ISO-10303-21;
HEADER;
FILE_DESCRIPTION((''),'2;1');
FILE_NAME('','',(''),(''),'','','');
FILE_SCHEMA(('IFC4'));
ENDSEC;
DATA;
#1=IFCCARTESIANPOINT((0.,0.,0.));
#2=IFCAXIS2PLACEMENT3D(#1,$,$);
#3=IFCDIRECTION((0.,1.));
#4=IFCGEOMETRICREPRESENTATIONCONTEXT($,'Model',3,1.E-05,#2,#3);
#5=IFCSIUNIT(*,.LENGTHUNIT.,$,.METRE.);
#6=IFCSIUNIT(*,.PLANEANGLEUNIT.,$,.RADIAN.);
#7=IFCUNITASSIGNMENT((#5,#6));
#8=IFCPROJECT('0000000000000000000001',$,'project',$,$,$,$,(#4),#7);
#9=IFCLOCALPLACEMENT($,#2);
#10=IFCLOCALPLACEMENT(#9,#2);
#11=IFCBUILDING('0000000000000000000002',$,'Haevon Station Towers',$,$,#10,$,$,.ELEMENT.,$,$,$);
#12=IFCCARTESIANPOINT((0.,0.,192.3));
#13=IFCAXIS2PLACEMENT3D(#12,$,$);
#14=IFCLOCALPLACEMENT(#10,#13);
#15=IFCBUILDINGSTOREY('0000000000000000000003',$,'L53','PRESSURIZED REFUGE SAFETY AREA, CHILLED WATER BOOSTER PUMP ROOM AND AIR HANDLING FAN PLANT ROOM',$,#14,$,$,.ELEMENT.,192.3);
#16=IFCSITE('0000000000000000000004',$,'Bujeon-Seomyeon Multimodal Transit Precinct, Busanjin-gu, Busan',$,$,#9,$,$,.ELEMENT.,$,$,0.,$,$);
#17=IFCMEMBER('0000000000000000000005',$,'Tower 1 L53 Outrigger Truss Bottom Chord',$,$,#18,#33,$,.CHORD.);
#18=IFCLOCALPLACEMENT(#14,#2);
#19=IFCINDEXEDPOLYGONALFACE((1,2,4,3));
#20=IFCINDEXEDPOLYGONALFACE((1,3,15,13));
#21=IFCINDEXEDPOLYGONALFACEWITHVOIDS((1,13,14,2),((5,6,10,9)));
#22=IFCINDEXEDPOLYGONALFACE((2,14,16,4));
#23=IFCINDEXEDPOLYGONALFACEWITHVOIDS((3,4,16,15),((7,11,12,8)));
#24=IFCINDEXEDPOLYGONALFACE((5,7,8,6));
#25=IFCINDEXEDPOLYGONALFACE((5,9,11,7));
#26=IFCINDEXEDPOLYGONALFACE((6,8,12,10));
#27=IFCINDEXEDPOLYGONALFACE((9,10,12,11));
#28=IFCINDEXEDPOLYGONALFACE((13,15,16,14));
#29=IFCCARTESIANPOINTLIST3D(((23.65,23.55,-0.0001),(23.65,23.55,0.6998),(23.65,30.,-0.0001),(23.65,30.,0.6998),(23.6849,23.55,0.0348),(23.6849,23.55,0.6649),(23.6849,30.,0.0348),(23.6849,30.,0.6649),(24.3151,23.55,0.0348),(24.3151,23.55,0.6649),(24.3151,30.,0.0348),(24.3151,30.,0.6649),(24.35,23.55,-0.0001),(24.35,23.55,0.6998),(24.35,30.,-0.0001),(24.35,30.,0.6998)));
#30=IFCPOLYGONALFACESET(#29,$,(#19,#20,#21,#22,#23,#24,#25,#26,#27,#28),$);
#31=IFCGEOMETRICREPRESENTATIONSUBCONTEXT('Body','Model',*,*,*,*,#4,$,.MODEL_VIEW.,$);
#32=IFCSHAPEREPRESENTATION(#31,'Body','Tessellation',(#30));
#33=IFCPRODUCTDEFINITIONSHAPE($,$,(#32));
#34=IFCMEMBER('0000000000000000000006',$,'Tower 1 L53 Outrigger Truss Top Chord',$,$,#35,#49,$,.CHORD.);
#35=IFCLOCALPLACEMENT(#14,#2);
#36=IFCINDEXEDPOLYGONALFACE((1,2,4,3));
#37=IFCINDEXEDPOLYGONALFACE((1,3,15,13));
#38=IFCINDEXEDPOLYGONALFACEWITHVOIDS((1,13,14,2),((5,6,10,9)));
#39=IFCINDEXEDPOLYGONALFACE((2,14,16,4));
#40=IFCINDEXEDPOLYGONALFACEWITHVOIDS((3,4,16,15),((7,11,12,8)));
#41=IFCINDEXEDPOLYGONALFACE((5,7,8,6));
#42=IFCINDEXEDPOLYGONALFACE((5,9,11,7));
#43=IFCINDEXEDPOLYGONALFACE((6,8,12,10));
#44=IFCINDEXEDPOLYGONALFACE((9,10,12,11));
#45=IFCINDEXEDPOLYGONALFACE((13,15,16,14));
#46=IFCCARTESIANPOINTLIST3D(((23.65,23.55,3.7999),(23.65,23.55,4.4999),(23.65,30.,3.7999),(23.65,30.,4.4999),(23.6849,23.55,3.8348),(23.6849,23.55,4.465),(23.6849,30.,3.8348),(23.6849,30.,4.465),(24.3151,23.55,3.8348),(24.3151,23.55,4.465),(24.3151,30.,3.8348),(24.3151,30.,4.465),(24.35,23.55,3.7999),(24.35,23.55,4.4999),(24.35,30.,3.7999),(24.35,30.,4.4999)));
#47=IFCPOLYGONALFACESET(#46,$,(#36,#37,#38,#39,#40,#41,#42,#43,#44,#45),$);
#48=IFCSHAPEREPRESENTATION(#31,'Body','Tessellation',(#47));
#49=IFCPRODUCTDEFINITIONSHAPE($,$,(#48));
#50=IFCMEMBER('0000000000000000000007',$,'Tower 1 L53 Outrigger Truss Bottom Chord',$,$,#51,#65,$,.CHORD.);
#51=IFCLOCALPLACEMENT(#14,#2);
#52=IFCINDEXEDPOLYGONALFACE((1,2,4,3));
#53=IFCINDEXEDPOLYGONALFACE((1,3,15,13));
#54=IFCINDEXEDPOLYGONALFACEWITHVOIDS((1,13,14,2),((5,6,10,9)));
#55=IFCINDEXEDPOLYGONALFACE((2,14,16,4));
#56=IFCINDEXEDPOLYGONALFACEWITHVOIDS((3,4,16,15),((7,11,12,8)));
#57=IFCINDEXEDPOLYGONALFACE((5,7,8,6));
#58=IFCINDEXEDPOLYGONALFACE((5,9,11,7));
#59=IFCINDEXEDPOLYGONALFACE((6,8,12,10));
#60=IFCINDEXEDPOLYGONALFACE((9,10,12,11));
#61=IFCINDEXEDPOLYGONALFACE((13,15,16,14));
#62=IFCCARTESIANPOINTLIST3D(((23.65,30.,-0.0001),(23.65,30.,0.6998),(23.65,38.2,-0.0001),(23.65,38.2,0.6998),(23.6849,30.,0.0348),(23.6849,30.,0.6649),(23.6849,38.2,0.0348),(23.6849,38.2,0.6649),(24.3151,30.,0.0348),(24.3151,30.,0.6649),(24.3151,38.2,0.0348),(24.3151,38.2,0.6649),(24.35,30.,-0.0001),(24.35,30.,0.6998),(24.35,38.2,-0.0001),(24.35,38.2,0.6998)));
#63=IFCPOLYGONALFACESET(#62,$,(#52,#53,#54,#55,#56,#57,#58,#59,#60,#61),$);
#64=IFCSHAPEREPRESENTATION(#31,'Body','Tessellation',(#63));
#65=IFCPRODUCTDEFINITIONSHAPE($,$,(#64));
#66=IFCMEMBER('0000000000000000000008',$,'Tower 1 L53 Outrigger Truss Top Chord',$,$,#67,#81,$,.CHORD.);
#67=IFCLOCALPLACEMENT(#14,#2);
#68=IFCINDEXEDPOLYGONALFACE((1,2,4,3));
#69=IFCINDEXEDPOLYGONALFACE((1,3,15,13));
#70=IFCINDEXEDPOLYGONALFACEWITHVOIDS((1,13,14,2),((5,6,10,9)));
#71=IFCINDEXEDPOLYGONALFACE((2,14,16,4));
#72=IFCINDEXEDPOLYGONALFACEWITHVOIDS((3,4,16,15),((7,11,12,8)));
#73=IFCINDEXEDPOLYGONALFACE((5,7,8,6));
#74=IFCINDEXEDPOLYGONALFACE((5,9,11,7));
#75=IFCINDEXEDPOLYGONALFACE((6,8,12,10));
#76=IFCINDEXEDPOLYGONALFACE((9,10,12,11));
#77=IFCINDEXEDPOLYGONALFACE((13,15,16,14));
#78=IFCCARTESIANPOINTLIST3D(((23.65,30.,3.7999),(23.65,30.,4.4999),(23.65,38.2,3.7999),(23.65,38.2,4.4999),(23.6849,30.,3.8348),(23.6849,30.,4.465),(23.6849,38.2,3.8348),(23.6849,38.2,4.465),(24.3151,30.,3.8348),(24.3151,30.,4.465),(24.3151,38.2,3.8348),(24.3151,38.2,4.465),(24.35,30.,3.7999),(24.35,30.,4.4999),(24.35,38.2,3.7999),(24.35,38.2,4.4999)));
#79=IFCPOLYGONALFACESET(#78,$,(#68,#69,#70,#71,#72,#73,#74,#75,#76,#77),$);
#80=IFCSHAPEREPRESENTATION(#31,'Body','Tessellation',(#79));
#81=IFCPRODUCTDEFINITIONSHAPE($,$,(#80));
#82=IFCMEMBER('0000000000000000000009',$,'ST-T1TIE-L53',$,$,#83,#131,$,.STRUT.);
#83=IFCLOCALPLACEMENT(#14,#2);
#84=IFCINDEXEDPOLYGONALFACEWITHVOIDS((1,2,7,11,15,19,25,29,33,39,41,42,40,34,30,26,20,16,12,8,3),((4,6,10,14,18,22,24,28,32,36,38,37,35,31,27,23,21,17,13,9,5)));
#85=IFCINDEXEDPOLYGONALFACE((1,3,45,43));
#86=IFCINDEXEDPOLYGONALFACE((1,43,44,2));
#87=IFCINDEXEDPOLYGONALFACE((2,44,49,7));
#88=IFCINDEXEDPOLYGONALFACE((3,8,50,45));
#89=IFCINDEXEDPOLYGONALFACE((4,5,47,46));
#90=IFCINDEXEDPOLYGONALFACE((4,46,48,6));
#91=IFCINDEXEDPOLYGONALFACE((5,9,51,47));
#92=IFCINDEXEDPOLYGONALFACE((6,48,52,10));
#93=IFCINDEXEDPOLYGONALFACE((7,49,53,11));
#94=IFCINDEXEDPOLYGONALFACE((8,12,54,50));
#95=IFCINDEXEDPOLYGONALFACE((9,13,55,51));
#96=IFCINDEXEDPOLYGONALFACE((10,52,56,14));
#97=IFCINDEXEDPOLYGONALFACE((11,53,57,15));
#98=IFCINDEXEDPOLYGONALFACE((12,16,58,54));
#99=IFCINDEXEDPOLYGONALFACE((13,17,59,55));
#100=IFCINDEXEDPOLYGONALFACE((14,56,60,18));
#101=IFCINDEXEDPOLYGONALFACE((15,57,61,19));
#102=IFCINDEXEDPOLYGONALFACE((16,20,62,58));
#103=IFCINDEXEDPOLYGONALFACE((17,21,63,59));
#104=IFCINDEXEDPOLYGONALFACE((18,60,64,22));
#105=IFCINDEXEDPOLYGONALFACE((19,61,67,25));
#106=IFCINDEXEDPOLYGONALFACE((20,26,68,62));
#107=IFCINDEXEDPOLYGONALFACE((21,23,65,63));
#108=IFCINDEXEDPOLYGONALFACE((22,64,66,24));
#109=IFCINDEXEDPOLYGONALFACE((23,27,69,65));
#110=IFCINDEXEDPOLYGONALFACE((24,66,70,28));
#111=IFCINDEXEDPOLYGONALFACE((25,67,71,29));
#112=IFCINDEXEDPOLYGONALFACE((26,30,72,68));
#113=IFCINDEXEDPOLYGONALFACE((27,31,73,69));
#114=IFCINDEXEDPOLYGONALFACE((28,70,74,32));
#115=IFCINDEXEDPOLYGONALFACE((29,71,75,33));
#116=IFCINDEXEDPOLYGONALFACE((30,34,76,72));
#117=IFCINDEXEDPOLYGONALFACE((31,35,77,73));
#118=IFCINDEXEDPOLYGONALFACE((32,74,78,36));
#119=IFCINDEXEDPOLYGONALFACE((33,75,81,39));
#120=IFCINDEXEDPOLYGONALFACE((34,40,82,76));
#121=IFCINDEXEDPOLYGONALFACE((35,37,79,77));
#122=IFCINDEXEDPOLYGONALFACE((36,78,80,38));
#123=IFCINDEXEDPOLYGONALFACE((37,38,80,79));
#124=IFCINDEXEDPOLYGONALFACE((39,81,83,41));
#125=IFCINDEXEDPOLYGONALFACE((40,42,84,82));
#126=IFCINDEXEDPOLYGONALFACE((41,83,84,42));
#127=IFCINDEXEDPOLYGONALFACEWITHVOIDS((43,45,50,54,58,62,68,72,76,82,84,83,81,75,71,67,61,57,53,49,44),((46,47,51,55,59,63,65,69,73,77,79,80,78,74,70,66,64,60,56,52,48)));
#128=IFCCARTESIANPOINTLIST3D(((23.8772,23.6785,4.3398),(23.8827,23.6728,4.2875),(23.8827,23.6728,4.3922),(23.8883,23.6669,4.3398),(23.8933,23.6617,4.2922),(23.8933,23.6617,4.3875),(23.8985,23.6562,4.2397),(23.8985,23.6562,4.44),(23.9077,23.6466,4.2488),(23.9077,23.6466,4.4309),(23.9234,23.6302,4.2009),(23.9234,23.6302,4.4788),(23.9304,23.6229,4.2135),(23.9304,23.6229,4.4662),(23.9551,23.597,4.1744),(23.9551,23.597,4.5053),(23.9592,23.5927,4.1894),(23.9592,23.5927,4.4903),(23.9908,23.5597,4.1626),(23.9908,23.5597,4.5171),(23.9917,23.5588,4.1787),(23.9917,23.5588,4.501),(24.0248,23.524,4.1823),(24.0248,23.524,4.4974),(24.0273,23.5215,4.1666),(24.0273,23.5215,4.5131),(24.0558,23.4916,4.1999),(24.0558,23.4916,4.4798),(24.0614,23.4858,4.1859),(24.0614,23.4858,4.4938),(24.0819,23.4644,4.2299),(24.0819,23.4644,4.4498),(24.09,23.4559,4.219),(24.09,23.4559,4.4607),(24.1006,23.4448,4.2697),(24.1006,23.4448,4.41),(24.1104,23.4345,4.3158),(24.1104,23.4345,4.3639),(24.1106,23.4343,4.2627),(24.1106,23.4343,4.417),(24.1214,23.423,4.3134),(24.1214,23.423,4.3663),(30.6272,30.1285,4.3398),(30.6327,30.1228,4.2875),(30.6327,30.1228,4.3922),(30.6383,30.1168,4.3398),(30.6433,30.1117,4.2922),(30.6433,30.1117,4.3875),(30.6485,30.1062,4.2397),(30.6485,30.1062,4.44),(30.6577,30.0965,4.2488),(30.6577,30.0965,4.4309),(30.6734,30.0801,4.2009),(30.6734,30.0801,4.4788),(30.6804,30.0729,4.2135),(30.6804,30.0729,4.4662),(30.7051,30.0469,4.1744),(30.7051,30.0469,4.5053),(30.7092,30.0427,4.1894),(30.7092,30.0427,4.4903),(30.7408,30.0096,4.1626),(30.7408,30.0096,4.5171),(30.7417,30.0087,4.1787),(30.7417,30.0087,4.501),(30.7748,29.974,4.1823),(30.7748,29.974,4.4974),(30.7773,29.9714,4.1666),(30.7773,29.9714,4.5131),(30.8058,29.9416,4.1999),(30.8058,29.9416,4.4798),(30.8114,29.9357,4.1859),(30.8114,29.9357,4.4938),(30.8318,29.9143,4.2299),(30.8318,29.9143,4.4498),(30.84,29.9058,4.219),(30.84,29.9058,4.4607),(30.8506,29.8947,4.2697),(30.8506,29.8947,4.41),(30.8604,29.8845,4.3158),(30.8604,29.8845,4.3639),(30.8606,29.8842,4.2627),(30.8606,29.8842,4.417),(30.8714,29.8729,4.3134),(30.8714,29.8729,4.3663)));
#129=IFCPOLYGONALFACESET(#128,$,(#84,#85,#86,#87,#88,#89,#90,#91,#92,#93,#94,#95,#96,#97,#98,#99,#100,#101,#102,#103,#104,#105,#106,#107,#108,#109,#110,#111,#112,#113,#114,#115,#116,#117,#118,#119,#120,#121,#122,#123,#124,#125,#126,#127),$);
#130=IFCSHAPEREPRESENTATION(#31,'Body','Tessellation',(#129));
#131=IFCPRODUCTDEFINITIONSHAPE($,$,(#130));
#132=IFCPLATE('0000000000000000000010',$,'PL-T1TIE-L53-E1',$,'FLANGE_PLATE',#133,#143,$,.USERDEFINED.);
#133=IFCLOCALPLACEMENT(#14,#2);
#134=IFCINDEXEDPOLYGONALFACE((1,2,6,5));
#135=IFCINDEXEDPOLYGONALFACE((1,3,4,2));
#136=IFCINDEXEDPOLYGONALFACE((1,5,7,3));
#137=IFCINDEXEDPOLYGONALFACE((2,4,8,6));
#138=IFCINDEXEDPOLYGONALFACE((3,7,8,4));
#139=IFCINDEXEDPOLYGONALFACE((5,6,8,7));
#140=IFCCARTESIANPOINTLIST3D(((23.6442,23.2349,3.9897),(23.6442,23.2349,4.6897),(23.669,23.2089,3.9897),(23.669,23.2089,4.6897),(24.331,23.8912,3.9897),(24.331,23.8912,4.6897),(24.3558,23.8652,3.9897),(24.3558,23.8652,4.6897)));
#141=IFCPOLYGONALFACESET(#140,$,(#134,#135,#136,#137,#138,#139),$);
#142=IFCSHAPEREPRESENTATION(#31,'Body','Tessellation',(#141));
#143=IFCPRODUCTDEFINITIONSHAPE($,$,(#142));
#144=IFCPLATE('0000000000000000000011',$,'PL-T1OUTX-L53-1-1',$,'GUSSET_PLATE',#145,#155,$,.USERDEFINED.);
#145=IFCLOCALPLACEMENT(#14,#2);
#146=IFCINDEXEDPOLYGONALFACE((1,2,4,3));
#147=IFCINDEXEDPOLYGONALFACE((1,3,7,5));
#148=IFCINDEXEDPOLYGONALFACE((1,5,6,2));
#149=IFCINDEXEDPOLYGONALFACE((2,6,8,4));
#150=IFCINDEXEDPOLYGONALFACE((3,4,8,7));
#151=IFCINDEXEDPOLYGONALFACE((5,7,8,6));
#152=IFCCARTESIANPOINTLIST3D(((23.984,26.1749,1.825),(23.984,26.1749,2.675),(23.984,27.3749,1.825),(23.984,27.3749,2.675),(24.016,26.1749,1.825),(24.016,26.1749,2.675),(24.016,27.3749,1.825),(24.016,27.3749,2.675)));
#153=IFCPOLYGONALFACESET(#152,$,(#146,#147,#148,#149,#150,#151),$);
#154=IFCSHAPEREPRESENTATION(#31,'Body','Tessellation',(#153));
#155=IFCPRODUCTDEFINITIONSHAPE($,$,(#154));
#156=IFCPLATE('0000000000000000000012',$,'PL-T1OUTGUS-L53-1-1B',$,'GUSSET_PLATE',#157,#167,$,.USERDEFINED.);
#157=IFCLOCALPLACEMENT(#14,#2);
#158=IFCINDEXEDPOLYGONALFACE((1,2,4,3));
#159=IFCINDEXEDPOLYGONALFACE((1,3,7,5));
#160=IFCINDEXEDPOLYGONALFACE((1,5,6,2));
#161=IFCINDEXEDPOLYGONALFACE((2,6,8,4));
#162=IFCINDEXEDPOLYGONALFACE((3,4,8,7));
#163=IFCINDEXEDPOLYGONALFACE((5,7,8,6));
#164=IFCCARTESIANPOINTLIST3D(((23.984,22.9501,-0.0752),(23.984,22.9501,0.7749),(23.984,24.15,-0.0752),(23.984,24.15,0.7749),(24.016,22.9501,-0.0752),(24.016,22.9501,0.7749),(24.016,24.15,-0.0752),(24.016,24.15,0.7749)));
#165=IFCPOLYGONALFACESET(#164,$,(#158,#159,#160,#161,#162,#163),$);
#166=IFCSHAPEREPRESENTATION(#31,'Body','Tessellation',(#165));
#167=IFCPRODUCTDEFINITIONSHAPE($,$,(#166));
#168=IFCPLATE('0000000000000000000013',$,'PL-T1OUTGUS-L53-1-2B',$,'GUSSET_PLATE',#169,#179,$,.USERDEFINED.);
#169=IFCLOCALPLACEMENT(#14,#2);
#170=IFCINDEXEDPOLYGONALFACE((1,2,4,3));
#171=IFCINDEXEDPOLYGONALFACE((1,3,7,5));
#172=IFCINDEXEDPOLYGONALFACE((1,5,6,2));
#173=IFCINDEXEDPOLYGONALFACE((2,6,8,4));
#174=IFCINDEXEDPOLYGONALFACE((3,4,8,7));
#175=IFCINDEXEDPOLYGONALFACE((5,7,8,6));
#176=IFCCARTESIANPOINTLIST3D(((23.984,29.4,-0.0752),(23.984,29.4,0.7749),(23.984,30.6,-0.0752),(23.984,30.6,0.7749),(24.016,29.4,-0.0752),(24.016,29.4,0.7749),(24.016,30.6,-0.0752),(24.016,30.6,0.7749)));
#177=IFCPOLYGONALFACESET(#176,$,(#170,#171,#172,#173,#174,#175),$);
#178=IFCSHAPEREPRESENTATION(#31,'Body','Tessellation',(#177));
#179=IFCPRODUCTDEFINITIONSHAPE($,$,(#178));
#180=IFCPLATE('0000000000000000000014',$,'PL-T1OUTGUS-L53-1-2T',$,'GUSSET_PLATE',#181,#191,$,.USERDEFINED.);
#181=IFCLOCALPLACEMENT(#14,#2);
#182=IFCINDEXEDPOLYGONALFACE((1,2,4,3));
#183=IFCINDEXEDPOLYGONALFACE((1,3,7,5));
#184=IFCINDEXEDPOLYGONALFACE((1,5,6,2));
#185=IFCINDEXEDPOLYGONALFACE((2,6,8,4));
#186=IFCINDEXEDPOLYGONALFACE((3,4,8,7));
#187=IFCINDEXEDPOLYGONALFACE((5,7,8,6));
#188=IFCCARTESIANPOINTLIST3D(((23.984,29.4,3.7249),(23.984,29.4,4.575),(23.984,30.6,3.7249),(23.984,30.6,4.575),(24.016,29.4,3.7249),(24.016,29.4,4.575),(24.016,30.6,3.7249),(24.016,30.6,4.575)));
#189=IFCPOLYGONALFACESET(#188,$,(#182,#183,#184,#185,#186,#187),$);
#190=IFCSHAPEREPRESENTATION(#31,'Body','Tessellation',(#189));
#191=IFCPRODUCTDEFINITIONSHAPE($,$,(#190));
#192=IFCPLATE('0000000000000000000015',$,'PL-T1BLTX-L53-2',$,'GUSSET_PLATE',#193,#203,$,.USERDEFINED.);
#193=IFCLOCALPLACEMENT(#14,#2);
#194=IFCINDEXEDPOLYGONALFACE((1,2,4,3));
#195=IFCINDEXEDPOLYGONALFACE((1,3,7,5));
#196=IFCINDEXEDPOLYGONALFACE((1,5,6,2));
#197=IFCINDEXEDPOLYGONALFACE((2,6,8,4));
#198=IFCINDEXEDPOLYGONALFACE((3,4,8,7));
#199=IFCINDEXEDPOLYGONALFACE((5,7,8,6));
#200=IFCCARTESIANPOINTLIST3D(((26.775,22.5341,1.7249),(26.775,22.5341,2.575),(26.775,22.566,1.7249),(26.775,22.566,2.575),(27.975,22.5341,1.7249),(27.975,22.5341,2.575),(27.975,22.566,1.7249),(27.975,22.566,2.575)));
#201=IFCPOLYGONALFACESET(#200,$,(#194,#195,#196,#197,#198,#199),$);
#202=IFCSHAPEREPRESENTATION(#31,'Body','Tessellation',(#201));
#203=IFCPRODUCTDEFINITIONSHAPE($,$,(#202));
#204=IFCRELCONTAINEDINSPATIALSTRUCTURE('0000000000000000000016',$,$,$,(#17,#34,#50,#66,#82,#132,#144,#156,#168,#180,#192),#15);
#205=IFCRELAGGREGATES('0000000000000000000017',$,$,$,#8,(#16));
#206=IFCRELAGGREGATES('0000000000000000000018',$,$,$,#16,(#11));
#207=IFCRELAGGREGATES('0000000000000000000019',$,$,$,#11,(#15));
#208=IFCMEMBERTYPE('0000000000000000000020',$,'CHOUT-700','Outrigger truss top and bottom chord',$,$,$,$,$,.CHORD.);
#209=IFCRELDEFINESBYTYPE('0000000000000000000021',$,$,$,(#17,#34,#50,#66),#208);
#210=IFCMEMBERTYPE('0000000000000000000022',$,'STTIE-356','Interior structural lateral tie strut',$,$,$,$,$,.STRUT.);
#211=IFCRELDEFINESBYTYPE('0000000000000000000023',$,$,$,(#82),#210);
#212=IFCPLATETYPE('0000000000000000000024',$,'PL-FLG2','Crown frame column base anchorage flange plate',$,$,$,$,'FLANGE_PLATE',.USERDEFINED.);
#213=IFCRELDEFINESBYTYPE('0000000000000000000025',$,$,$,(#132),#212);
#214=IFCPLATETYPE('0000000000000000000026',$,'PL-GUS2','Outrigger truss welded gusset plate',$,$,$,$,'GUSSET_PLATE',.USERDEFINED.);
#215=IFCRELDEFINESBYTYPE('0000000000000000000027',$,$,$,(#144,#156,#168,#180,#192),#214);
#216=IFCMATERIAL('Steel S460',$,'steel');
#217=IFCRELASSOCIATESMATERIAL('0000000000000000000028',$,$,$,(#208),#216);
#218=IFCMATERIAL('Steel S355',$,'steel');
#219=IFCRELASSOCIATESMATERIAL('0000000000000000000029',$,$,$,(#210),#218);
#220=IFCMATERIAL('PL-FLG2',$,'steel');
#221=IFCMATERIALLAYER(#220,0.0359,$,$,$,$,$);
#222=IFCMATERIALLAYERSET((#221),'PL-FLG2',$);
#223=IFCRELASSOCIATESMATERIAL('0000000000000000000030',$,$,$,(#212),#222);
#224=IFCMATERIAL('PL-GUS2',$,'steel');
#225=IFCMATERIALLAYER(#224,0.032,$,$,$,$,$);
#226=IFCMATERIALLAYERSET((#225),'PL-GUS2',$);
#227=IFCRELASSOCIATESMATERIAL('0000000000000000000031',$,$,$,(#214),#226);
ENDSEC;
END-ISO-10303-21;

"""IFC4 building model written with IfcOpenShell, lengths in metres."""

from ifc_helpers import new_model, si_unit, direction, frame, origin, origin_2d, place, context, subcontext, project, spatial, rectangle, hollow_rectangle, hollow_circle, extrude, material, layer, layer_set, material_profile, profile_set, type_object, element, save


model = new_model("IFC4")

# Units and contexts
model_context = context("Model", 3, precision=1e-05, world=origin(), true_north=direction((0.0, 1.0)))
body_context = subcontext(model_context, "Body", "Model", "MODEL_VIEW")
ifc_project = project(units=[si_unit("LENGTHUNIT", "METRE"), si_unit("PLANEANGLEUNIT", "RADIAN")], contexts=[model_context])

# Site, building, storey
site_placement = place(None, origin())
site = spatial("IfcSite", under=ifc_project, at=site_placement, Name="Bujeon-Seomyeon Multimodal Transit Precinct, Busanjin-gu, Busan", CompositionType="ELEMENT", RefElevation=0.0)
building_placement = place(site_placement, origin())
building = spatial("IfcBuilding", under=site, at=building_placement, Name="Haevon Station Towers", CompositionType="ELEMENT")
storey_placement = place(building_placement, frame((0.0, 0.0, 192.3)))
storey = spatial("IfcBuildingStorey", under=building, at=storey_placement, Name="L53", Description="PRESSURIZED REFUGE SAFETY AREA, CHILLED WATER BOOSTER PUMP ROOM AND AIR HANDLING FAN PLANT ROOM", CompositionType="ELEMENT", Elevation=192.3)

# Shared definitions
ifc_material_1 = material(Name="Steel S355", Category="steel")

# Shared definitions
ifc_material_2 = material(Name="Steel S460", Category="steel")

# Members
ifc_material_profile_1 = material_profile(ifc_material_2, hollow_rectangle(XDim=0.7, YDim=0.7, WallThickness=0.0349, at=origin_2d()), Name="RHS-700x700x35")
ifc_profile_set_1 = profile_set([ifc_material_profile_1], Name="Steel S460")
member_type_1 = type_object("IfcMemberType", Name="CHOUT-700", Description="Outrigger truss top and bottom chord", PredefinedType="CHORD", material=ifc_profile_set_1)
for number, where, z_axis, x_axis, name in (
    (1, (24.0, 23.55, 0.3499), (0.0, 1.0, 0.0), (-1.0, 0.0, 0.0), "Tower 1 L53 Outrigger Truss Bottom Chord"),
    (2, (24.0, 23.55, 4.1499), (0.0, 1.0, 0.0), (-1.0, 0.0, 0.0), "Tower 1 L53 Outrigger Truss Top Chord"),
):
    element("IfcMember", number, at=place(storey_placement, frame(where, z_axis=z_axis, x_axis=x_axis)), inside=storey, type_object=member_type_1, Name=name, PredefinedType="CHORD", context=body_context, shape_type="SweptSolid", body=[
        extrude(hollow_rectangle(XDim=0.7, YDim=0.7, WallThickness=0.0349, at=origin_2d()), origin(), (0.0, 0.0, 1.0), 6.45),
    ])
for number, where, z_axis, x_axis, name in (
    (3, (24.0, 30.0, 0.3499), (0.0, 1.0, 0.0), (-1.0, 0.0, 0.0), "Tower 1 L53 Outrigger Truss Bottom Chord"),
    (4, (24.0, 30.0, 4.1499), (0.0, 1.0, 0.0), (-1.0, 0.0, 0.0), "Tower 1 L53 Outrigger Truss Top Chord"),
):
    element("IfcMember", number, at=place(storey_placement, frame(where, z_axis=z_axis, x_axis=x_axis)), inside=storey, type_object=member_type_1, Name=name, PredefinedType="CHORD", context=body_context, shape_type="SweptSolid", body=[
        extrude(hollow_rectangle(XDim=0.7, YDim=0.7, WallThickness=0.0349, at=origin_2d()), origin(), (0.0, 0.0, 1.0), 8.2),
    ])
ifc_material_profile_2 = material_profile(ifc_material_1, hollow_circle(Radius=0.1777, WallThickness=0.0161, at=origin_2d()), Name="CHS-355.6x16")
ifc_profile_set_2 = profile_set([ifc_material_profile_2], Name="Steel S355")
member_type_2 = type_object("IfcMemberType", Name="STTIE-356", Description="Interior structural lateral tie strut", PredefinedType="STRUT", material=ifc_profile_set_2)
member_1_placement = place(storey_placement, frame((24.0, 23.55, 4.3398), z_axis=(0.722993, 0.690855, 0.0), x_axis=(-0.690855, 0.722993, 0.0)))
element("IfcMember", 5, at=member_1_placement, inside=storey, type_object=member_type_2, Name="ST-T1TIE-L53", PredefinedType="STRUT", context=body_context, shape_type="SweptSolid", body=[
    extrude(hollow_circle(Radius=0.1777, WallThickness=0.0161, at=origin_2d()), origin(), (0.0, 0.0, 1.0), 9.3362),
])

# Plates
ifc_material_3 = material(Name="PL-FLG2", Category="steel")
ifc_layer_1 = layer(ifc_material_3, 0.0359)
ifc_layer_set_1 = layer_set([ifc_layer_1], Name="PL-FLG2")
plate_type_1 = type_object("IfcPlateType", Name="PL-FLG2", Description="Crown frame column base anchorage flange plate", ElementType="FLANGE_PLATE", PredefinedType="USERDEFINED", material=ifc_layer_set_1)
plate_placement = place(storey_placement, frame((24.0, 23.55, 3.9897), z_axis=(0.0, 0.0, 1.0), x_axis=(0.722991, 0.690857, 0.0)))
element("IfcPlate", 6, at=plate_placement, inside=storey, type_object=plate_type_1, Name="PL-T1TIE-L53-E1", ObjectType="FLANGE_PLATE", PredefinedType="USERDEFINED", context=body_context, shape_type="SweptSolid", body=[
    extrude(rectangle(XDim=0.95, YDim=0.0359, at=origin_2d()), origin(), (0.0, 0.0, 1.0), 0.7),
])
ifc_material_4 = material(Name="PL-GUS2", Category="steel")
ifc_layer_2 = layer(ifc_material_4, 0.032)
ifc_layer_set_2 = layer_set([ifc_layer_2], Name="PL-GUS2")
plate_type_2 = type_object("IfcPlateType", Name="PL-GUS2", Description="Outrigger truss welded gusset plate", ElementType="GUSSET_PLATE", PredefinedType="USERDEFINED", material=ifc_layer_set_2)
for number, where, z_axis, x_axis, name in (
    (7, (24.0, 26.7749, 1.825), (0.0, 0.0, 1.0), (0.0, 1.0, 0.0), "PL-T1OUTX-L53-1-1"),
    (8, (24.0, 23.55, -0.0752), (0.0, 0.0, 1.0), (0.0, 1.0, 0.0), "PL-T1OUTGUS-L53-1-1B"),
    (9, (24.0, 30.0, -0.0752), (0.0, 0.0, 1.0), (0.0, 1.0, 0.0), "PL-T1OUTGUS-L53-1-2B"),
    (10, (24.0, 30.0, 3.7249), (0.0, 0.0, 1.0), (0.0, 1.0, 0.0), "PL-T1OUTGUS-L53-1-2T"),
    (11, (27.375, 22.55, 1.7249), (0.0, 0.0, 1.0), (1.0, 0.0, 0.0), "PL-T1BLTX-L53-2"),
):
    element("IfcPlate", number, at=place(storey_placement, frame(where, z_axis=z_axis, x_axis=x_axis)), inside=storey, type_object=plate_type_2, Name=name, ObjectType="GUSSET_PLATE", PredefinedType="USERDEFINED", context=body_context, shape_type="SweptSolid", body=[
        extrude(rectangle(XDim=1.2, YDim=0.032, at=origin_2d()), origin(), (0.0, 0.0, 1.0), 0.8501),
    ])

save(model, "model.ifc")
